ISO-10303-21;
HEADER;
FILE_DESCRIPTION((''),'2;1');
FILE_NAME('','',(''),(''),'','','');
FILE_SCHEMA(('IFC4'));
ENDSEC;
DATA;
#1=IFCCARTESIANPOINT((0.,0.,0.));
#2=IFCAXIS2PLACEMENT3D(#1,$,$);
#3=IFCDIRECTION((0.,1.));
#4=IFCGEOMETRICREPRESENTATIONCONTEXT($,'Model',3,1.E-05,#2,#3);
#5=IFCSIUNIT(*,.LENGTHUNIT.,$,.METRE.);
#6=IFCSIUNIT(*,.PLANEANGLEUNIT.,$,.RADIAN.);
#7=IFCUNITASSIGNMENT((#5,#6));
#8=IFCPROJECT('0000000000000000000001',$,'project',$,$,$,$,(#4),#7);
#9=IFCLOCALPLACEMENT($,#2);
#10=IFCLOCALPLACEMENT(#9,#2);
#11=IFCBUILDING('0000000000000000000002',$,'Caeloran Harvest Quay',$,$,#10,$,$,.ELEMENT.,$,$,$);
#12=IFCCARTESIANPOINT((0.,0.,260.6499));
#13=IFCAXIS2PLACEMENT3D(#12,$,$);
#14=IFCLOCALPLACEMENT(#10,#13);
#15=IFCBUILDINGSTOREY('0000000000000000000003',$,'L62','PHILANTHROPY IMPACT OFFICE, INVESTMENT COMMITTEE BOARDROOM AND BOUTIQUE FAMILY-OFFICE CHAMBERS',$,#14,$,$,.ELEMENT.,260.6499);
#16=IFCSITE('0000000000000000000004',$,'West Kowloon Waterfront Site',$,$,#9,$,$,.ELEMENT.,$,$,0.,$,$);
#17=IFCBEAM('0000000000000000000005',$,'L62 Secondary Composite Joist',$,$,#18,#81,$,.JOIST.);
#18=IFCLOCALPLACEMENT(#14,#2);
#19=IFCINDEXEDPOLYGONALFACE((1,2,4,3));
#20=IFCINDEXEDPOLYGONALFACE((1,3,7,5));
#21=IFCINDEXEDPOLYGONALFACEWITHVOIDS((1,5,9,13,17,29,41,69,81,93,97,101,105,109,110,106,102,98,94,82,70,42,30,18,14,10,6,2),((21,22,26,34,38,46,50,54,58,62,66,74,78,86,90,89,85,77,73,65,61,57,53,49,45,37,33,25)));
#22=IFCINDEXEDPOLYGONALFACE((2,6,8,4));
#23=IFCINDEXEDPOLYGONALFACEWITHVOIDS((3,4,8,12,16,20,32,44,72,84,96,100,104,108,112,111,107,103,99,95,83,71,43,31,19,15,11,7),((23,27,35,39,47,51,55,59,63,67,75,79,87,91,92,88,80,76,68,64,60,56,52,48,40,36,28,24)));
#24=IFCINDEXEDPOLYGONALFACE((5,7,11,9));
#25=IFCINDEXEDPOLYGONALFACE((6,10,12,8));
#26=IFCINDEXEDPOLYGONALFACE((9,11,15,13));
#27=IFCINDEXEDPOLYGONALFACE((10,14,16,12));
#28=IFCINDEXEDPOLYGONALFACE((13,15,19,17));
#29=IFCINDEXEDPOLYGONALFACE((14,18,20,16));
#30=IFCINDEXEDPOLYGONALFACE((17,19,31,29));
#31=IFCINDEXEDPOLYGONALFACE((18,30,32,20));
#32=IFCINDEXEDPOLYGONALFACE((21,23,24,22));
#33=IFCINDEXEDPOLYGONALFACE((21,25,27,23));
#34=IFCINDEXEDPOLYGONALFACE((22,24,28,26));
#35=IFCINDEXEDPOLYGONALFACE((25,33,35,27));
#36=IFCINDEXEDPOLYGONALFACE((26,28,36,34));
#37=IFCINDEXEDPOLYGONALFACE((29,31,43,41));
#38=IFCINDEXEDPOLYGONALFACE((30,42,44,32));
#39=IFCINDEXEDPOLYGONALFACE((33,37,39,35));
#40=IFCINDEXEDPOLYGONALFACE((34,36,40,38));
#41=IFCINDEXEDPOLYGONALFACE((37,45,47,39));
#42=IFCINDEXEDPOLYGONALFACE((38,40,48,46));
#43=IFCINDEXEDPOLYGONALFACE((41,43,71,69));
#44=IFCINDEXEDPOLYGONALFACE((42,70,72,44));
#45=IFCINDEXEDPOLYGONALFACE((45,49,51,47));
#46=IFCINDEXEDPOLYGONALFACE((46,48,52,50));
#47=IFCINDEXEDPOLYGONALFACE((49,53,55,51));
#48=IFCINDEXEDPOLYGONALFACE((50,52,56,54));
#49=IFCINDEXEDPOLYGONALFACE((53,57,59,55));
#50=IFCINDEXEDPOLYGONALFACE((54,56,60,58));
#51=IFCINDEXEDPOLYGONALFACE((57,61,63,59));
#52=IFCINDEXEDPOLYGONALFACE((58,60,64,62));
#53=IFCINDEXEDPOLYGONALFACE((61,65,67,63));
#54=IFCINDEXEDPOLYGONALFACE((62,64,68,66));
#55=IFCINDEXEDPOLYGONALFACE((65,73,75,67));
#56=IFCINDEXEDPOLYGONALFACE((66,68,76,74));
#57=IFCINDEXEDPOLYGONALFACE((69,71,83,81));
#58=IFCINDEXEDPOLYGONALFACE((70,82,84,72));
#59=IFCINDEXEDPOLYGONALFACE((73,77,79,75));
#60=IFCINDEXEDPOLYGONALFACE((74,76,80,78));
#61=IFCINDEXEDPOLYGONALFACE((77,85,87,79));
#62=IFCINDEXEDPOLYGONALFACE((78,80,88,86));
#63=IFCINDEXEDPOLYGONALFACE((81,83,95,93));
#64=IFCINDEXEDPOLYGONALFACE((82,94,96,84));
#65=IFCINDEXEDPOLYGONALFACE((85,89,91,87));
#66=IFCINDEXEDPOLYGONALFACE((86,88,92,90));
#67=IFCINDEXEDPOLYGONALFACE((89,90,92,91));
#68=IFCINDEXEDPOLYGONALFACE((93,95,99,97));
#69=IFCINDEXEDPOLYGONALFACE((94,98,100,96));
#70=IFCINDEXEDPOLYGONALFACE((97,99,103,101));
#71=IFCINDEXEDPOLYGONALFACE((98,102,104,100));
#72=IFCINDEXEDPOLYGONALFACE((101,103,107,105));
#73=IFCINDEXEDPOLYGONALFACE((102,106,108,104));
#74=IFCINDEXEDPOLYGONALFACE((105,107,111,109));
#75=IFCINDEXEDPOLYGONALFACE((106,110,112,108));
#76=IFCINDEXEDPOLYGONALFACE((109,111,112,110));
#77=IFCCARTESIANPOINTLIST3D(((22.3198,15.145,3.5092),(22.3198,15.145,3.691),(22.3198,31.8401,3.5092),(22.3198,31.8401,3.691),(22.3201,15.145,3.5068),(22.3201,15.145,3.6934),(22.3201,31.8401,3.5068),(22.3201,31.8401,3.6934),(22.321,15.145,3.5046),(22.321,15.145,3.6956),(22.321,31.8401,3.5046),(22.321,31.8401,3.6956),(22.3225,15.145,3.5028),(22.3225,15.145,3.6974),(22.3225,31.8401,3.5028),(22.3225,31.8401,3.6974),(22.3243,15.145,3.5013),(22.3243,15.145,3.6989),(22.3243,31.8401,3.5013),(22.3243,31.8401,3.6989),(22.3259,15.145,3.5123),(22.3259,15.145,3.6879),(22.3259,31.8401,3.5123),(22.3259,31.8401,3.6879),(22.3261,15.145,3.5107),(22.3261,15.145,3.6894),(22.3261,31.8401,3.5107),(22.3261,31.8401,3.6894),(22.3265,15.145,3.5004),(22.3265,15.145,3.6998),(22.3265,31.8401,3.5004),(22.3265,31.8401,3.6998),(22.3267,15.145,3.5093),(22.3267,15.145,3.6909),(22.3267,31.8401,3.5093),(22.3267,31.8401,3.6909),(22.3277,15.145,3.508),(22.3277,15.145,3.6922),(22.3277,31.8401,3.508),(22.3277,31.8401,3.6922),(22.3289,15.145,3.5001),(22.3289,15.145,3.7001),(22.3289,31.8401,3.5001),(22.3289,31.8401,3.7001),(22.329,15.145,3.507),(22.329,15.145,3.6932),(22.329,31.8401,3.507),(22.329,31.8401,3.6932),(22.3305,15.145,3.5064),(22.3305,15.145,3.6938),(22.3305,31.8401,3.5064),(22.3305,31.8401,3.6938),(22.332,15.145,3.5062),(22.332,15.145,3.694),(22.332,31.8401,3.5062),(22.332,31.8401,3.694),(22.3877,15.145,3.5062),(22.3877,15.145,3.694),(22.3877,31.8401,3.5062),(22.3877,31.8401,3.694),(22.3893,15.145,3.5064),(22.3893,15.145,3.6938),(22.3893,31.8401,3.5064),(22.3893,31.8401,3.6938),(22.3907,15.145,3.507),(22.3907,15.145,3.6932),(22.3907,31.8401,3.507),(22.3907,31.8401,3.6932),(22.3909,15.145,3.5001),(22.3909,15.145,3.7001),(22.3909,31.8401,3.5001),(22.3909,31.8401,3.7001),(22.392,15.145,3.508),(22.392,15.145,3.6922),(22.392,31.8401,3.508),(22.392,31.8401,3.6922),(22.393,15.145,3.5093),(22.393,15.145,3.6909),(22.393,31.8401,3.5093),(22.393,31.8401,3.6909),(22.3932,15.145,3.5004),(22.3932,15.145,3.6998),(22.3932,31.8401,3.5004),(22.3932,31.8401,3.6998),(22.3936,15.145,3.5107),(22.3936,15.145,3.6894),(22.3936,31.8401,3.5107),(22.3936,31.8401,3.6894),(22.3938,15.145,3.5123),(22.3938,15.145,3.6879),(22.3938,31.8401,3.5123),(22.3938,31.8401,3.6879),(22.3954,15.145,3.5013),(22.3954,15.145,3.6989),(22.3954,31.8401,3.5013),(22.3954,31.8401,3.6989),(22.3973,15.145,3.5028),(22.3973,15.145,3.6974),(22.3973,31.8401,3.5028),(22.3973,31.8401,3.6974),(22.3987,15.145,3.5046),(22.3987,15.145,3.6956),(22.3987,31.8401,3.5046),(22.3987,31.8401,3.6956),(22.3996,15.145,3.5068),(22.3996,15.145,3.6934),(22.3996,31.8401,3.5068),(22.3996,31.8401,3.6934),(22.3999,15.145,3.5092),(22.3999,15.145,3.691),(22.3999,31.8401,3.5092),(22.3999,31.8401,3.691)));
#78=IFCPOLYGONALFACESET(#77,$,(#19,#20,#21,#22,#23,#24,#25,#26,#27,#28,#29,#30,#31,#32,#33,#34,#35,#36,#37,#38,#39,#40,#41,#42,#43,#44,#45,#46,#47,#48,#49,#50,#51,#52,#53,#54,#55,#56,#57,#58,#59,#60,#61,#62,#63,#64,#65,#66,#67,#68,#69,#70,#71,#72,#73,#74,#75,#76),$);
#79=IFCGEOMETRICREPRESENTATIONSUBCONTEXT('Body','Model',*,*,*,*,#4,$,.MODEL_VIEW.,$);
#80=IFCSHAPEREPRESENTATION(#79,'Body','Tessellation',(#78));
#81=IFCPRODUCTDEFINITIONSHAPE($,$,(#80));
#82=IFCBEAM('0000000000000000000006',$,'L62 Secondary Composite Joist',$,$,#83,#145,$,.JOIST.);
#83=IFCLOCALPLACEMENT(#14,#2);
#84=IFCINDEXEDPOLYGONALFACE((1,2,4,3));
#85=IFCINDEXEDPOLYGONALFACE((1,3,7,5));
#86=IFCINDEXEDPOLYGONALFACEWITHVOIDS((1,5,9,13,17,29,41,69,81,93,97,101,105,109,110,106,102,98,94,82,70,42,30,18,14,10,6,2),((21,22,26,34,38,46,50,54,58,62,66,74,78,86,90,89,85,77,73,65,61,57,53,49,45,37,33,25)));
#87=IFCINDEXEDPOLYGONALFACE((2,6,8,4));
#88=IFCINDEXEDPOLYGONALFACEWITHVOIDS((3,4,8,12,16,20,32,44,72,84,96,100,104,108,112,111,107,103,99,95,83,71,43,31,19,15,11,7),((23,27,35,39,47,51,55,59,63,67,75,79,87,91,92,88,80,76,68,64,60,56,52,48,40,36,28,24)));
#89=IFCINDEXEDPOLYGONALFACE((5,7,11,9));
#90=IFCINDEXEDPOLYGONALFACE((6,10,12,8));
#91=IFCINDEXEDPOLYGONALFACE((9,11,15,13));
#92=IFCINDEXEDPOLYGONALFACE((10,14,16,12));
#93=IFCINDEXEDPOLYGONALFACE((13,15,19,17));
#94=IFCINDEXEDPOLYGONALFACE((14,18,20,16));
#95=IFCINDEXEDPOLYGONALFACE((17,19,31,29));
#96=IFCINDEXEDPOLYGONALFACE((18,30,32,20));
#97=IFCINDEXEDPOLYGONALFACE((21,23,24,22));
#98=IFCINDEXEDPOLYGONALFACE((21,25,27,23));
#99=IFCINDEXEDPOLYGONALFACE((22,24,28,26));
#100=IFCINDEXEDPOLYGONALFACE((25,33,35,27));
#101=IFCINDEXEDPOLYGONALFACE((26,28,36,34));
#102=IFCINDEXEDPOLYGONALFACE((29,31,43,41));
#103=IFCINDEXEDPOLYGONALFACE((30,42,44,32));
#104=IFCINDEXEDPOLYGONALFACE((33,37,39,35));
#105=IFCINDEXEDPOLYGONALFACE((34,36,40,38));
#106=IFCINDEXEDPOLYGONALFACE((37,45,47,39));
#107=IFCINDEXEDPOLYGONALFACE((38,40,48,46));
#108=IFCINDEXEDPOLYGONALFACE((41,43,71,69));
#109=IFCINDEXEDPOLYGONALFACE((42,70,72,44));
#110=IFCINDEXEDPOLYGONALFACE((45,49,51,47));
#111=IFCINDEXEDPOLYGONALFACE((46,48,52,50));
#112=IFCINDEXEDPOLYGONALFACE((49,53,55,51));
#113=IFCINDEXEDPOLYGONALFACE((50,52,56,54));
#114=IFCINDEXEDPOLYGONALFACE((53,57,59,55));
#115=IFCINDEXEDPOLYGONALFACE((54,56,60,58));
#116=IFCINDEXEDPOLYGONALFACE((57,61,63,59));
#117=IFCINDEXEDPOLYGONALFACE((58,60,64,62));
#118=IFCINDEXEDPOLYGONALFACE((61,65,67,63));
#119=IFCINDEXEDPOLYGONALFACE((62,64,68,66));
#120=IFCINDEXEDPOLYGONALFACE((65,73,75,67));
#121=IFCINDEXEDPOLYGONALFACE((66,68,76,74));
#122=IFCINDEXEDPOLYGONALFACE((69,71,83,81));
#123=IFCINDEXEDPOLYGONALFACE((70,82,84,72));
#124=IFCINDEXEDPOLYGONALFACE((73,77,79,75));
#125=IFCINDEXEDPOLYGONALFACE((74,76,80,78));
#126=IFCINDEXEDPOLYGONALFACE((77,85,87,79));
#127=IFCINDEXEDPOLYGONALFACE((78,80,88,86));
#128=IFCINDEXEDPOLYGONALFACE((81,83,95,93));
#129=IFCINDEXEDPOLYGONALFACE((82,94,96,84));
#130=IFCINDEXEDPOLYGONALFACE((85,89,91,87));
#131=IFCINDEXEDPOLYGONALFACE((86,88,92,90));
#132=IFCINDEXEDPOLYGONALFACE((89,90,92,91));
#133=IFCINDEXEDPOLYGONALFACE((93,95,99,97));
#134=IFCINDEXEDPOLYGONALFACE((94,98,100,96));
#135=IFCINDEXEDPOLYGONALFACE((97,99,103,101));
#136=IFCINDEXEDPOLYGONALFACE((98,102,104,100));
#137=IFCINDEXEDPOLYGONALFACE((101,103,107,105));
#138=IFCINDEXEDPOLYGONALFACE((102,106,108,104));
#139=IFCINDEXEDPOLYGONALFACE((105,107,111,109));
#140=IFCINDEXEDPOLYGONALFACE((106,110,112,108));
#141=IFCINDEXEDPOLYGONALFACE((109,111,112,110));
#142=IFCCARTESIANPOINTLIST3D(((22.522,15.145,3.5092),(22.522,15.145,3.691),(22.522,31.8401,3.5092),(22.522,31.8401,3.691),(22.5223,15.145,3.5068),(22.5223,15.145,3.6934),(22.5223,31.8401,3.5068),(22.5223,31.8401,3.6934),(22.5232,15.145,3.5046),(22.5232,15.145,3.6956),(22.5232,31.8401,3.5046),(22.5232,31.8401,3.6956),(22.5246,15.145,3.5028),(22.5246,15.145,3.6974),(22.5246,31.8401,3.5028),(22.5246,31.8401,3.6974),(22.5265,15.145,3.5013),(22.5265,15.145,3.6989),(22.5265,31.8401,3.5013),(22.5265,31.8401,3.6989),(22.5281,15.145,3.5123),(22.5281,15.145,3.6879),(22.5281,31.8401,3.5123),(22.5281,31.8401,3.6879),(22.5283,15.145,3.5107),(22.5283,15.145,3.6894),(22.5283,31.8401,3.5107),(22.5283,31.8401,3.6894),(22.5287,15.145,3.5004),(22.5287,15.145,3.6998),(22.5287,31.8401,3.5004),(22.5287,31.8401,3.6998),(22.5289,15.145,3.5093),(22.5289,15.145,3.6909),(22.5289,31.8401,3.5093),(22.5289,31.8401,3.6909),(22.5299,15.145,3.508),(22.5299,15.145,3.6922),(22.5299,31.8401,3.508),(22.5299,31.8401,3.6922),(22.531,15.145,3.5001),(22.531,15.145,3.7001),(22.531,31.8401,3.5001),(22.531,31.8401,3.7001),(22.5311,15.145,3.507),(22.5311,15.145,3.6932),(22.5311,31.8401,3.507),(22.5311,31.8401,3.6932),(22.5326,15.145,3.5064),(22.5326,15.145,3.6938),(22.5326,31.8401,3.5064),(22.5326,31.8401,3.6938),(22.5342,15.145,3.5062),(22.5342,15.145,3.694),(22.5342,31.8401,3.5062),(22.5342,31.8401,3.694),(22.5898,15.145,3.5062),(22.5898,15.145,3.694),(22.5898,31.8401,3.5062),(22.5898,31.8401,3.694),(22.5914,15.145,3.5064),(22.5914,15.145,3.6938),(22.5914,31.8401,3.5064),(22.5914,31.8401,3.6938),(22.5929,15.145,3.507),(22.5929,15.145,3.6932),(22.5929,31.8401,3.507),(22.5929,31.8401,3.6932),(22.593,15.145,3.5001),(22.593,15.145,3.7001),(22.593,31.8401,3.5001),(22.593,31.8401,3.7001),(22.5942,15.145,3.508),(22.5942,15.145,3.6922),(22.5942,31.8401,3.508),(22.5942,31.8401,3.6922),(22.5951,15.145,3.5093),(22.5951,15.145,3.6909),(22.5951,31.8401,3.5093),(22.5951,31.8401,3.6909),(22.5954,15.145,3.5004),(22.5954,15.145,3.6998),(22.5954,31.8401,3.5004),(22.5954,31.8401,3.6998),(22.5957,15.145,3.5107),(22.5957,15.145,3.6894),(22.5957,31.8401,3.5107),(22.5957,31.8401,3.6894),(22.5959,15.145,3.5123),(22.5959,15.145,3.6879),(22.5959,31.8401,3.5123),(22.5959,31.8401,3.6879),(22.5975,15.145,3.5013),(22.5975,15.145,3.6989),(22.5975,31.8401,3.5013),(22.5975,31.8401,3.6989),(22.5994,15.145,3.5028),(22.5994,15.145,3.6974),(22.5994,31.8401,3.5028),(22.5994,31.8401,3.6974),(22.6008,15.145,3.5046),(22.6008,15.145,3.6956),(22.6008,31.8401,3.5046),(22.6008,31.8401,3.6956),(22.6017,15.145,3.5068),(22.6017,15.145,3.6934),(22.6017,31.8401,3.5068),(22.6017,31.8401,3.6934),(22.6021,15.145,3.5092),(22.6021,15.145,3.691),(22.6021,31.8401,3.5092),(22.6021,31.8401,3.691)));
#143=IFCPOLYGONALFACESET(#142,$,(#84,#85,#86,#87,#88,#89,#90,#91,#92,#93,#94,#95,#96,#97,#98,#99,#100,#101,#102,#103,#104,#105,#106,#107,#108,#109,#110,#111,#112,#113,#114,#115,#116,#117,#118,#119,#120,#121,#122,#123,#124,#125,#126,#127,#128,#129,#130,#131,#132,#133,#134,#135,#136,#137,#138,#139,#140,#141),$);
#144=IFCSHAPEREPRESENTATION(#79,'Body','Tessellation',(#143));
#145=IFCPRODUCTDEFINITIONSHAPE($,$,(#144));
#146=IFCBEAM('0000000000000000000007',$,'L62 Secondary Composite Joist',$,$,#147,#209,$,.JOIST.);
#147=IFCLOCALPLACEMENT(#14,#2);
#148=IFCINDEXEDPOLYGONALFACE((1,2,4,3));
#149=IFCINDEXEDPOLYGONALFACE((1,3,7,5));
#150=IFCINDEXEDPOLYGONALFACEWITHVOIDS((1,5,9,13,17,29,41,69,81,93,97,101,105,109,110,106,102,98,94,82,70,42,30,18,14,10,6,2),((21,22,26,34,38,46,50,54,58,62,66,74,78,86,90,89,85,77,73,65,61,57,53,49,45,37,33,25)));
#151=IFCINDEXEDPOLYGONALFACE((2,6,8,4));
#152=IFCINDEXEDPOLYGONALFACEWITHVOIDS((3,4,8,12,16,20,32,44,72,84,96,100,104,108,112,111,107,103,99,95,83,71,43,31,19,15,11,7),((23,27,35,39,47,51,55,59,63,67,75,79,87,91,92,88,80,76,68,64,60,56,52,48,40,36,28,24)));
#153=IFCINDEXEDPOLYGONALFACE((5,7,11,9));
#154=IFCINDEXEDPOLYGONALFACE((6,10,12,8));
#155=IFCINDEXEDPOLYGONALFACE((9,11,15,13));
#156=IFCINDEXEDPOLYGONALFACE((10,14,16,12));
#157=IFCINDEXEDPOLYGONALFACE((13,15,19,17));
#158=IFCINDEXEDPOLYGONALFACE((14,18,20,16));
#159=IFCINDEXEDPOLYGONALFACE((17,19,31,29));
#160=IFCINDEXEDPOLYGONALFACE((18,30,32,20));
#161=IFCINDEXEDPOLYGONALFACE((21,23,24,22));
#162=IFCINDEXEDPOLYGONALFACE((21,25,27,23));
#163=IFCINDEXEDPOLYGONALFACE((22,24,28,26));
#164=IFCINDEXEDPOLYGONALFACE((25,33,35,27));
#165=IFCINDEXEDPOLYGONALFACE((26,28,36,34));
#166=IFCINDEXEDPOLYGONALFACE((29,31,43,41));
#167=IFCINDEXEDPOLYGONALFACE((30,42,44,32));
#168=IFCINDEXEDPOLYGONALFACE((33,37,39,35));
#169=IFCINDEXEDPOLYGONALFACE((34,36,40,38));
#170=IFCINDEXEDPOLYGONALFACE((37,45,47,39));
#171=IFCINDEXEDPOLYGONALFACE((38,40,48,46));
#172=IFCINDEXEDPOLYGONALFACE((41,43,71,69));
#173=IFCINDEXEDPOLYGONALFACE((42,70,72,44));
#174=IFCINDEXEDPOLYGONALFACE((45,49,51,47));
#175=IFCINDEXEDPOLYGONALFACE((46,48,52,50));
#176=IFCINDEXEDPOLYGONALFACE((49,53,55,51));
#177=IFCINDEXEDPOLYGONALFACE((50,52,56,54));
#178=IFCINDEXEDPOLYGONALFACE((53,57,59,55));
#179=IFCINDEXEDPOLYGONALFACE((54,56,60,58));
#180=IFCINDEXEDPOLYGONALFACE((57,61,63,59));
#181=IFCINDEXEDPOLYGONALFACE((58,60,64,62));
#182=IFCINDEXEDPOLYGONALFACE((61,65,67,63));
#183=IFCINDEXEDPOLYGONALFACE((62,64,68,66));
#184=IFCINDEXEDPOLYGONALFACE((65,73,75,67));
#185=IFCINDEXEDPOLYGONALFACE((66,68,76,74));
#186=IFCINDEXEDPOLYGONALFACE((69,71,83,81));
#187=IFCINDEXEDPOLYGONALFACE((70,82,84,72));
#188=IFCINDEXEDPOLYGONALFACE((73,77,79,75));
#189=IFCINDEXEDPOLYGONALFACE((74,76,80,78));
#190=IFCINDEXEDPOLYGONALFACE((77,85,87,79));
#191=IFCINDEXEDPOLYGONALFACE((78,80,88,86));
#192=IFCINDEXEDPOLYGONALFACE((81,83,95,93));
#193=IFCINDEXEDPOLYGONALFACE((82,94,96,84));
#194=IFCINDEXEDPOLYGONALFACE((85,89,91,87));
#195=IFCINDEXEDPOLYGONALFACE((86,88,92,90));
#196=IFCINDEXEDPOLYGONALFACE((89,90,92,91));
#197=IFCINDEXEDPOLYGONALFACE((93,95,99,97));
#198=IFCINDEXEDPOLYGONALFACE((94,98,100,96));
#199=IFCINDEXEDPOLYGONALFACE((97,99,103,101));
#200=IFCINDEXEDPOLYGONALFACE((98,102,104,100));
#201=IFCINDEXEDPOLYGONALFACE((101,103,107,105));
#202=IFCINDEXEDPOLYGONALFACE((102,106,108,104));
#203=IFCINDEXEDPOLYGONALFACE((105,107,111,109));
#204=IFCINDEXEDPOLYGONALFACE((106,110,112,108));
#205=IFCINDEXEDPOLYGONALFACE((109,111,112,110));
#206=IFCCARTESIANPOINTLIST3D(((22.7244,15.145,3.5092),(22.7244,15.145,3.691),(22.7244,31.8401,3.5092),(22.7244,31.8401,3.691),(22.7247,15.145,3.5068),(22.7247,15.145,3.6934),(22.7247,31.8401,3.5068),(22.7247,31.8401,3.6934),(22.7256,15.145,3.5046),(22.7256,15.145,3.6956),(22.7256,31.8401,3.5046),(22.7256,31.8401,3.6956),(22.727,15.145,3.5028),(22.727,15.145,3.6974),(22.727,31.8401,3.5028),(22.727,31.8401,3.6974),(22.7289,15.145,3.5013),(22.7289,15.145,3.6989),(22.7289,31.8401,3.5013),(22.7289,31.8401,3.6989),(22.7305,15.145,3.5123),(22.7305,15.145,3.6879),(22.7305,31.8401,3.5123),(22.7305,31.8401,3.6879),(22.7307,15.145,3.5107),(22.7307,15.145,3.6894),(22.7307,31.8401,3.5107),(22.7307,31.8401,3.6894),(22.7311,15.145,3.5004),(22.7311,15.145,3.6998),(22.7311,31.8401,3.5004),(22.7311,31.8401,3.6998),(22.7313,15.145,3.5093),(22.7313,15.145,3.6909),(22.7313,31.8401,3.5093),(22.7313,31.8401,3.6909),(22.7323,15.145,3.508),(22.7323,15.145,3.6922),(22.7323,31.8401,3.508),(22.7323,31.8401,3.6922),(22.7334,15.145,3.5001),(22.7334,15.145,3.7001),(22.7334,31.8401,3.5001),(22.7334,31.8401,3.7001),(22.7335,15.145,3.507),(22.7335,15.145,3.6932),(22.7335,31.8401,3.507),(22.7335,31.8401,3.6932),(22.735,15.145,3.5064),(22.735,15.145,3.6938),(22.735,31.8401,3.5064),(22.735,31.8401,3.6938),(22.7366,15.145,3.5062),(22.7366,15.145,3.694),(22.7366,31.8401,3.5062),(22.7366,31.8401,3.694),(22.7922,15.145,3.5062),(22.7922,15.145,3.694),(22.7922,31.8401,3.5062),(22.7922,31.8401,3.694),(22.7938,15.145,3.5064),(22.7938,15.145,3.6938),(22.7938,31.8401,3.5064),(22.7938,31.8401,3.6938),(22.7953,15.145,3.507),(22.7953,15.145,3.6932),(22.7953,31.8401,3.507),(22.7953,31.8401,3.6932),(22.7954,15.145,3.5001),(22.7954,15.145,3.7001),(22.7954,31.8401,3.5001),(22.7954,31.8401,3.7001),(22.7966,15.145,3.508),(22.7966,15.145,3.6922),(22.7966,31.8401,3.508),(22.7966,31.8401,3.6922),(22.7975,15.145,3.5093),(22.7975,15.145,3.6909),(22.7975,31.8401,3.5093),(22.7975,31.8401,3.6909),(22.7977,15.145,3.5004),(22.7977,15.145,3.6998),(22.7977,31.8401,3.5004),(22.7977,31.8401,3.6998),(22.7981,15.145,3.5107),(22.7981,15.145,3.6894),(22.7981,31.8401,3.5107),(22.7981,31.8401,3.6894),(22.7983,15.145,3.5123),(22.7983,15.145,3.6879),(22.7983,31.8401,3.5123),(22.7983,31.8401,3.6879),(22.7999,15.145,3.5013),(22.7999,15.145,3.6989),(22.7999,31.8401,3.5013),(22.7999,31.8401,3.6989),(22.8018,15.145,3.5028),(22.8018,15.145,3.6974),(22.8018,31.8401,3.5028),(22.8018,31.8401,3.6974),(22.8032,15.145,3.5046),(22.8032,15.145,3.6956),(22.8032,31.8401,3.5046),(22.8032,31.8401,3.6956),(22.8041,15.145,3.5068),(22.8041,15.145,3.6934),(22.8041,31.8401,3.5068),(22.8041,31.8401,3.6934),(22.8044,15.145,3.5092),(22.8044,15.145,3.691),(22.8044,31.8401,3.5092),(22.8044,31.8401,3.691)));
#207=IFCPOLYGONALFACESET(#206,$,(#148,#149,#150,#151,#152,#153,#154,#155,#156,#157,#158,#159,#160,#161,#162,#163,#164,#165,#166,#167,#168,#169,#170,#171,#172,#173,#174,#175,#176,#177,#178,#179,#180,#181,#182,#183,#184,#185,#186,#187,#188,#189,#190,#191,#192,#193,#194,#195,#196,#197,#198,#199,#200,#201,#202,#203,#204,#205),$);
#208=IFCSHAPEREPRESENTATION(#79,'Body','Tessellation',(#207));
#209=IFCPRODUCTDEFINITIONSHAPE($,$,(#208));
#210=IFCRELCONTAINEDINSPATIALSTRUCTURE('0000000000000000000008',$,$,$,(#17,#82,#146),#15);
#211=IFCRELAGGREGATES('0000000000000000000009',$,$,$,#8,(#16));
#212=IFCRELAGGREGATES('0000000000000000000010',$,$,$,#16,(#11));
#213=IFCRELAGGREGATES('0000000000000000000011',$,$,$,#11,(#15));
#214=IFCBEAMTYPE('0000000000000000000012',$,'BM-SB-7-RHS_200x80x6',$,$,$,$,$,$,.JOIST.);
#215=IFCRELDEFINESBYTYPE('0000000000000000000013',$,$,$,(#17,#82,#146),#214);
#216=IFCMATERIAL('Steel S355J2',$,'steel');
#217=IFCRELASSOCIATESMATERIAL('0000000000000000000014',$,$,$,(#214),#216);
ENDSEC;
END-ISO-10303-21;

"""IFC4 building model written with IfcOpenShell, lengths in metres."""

from ifc_helpers import new_model, si_unit, direction, frame, origin, origin_2d, place, context, subcontext, project, spatial, hollow_rectangle, extrude, material, material_profile, profile_set, type_object, element, save


model = new_model("IFC4")

# Units and contexts
model_context = context("Model", 3, precision=1e-05, world=origin(), true_north=direction((0.0, 1.0)))
body_context = subcontext(model_context, "Body", "Model", "MODEL_VIEW")
ifc_project = project(units=[si_unit("LENGTHUNIT", "METRE"), si_unit("PLANEANGLEUNIT", "RADIAN")], contexts=[model_context])

# Site, building, storey
site_placement = place(None, origin())
site = spatial("IfcSite", under=ifc_project, at=site_placement, Name="West Kowloon Waterfront Site", CompositionType="ELEMENT", RefElevation=0.0)
building_placement = place(site_placement, origin())
building = spatial("IfcBuilding", under=site, at=building_placement, Name="Caeloran Harvest Quay", CompositionType="ELEMENT")
storey_placement = place(building_placement, frame((0.0, 0.0, 260.6499)))
storey = spatial("IfcBuildingStorey", under=building, at=storey_placement, Name="L62", Description="PHILANTHROPY IMPACT OFFICE, INVESTMENT COMMITTEE BOARDROOM AND BOUTIQUE FAMILY-OFFICE CHAMBERS", CompositionType="ELEMENT", Elevation=260.6499)

# Beams
ifc_material_1 = material(Name="Steel S355J2", Category="steel")
ifc_material_profile_1 = material_profile(ifc_material_1, hollow_rectangle(XDim=0.0801, YDim=0.2, WallThickness=0.0061, InnerFilletRadius=0.0061, OuterFilletRadius=0.009, at=origin_2d()), Name="RHS 200x80x6")
ifc_profile_set_1 = profile_set([ifc_material_profile_1], Name="Steel S355J2")
beam_type_1 = type_object("IfcBeamType", Name="BM-SB-7-RHS_200x80x6", PredefinedType="JOIST", material=ifc_profile_set_1)
for number, where, z_axis, x_axis, name in (
    (1, (22.3599, 15.145, 3.6001), (0.0, 1.0, 0.0), (-1.0, 0.0, 0.0), "L62 Secondary Composite Joist"),
    (2, (22.562, 15.145, 3.6001), (0.0, 1.0, 0.0), (-1.0, 0.0, 0.0), "L62 Secondary Composite Joist"),
    (3, (22.7644, 15.145, 3.6001), (0.0, 1.0, 0.0), (-1.0, 0.0, 0.0), "L62 Secondary Composite Joist"),
):
    element("IfcBeam", number, at=place(storey_placement, frame(where, z_axis=z_axis, x_axis=x_axis)), inside=storey, type_object=beam_type_1, Name=name, PredefinedType="JOIST", context=body_context, shape_type="SweptSolid", body=[
        extrude(hollow_rectangle(XDim=0.0801, YDim=0.2, WallThickness=0.0061, InnerFilletRadius=0.0061, OuterFilletRadius=0.009, at=origin_2d()), origin(), (0.0, 0.0, 1.0), 16.6951),
    ])

save(model, "model.ifc")
